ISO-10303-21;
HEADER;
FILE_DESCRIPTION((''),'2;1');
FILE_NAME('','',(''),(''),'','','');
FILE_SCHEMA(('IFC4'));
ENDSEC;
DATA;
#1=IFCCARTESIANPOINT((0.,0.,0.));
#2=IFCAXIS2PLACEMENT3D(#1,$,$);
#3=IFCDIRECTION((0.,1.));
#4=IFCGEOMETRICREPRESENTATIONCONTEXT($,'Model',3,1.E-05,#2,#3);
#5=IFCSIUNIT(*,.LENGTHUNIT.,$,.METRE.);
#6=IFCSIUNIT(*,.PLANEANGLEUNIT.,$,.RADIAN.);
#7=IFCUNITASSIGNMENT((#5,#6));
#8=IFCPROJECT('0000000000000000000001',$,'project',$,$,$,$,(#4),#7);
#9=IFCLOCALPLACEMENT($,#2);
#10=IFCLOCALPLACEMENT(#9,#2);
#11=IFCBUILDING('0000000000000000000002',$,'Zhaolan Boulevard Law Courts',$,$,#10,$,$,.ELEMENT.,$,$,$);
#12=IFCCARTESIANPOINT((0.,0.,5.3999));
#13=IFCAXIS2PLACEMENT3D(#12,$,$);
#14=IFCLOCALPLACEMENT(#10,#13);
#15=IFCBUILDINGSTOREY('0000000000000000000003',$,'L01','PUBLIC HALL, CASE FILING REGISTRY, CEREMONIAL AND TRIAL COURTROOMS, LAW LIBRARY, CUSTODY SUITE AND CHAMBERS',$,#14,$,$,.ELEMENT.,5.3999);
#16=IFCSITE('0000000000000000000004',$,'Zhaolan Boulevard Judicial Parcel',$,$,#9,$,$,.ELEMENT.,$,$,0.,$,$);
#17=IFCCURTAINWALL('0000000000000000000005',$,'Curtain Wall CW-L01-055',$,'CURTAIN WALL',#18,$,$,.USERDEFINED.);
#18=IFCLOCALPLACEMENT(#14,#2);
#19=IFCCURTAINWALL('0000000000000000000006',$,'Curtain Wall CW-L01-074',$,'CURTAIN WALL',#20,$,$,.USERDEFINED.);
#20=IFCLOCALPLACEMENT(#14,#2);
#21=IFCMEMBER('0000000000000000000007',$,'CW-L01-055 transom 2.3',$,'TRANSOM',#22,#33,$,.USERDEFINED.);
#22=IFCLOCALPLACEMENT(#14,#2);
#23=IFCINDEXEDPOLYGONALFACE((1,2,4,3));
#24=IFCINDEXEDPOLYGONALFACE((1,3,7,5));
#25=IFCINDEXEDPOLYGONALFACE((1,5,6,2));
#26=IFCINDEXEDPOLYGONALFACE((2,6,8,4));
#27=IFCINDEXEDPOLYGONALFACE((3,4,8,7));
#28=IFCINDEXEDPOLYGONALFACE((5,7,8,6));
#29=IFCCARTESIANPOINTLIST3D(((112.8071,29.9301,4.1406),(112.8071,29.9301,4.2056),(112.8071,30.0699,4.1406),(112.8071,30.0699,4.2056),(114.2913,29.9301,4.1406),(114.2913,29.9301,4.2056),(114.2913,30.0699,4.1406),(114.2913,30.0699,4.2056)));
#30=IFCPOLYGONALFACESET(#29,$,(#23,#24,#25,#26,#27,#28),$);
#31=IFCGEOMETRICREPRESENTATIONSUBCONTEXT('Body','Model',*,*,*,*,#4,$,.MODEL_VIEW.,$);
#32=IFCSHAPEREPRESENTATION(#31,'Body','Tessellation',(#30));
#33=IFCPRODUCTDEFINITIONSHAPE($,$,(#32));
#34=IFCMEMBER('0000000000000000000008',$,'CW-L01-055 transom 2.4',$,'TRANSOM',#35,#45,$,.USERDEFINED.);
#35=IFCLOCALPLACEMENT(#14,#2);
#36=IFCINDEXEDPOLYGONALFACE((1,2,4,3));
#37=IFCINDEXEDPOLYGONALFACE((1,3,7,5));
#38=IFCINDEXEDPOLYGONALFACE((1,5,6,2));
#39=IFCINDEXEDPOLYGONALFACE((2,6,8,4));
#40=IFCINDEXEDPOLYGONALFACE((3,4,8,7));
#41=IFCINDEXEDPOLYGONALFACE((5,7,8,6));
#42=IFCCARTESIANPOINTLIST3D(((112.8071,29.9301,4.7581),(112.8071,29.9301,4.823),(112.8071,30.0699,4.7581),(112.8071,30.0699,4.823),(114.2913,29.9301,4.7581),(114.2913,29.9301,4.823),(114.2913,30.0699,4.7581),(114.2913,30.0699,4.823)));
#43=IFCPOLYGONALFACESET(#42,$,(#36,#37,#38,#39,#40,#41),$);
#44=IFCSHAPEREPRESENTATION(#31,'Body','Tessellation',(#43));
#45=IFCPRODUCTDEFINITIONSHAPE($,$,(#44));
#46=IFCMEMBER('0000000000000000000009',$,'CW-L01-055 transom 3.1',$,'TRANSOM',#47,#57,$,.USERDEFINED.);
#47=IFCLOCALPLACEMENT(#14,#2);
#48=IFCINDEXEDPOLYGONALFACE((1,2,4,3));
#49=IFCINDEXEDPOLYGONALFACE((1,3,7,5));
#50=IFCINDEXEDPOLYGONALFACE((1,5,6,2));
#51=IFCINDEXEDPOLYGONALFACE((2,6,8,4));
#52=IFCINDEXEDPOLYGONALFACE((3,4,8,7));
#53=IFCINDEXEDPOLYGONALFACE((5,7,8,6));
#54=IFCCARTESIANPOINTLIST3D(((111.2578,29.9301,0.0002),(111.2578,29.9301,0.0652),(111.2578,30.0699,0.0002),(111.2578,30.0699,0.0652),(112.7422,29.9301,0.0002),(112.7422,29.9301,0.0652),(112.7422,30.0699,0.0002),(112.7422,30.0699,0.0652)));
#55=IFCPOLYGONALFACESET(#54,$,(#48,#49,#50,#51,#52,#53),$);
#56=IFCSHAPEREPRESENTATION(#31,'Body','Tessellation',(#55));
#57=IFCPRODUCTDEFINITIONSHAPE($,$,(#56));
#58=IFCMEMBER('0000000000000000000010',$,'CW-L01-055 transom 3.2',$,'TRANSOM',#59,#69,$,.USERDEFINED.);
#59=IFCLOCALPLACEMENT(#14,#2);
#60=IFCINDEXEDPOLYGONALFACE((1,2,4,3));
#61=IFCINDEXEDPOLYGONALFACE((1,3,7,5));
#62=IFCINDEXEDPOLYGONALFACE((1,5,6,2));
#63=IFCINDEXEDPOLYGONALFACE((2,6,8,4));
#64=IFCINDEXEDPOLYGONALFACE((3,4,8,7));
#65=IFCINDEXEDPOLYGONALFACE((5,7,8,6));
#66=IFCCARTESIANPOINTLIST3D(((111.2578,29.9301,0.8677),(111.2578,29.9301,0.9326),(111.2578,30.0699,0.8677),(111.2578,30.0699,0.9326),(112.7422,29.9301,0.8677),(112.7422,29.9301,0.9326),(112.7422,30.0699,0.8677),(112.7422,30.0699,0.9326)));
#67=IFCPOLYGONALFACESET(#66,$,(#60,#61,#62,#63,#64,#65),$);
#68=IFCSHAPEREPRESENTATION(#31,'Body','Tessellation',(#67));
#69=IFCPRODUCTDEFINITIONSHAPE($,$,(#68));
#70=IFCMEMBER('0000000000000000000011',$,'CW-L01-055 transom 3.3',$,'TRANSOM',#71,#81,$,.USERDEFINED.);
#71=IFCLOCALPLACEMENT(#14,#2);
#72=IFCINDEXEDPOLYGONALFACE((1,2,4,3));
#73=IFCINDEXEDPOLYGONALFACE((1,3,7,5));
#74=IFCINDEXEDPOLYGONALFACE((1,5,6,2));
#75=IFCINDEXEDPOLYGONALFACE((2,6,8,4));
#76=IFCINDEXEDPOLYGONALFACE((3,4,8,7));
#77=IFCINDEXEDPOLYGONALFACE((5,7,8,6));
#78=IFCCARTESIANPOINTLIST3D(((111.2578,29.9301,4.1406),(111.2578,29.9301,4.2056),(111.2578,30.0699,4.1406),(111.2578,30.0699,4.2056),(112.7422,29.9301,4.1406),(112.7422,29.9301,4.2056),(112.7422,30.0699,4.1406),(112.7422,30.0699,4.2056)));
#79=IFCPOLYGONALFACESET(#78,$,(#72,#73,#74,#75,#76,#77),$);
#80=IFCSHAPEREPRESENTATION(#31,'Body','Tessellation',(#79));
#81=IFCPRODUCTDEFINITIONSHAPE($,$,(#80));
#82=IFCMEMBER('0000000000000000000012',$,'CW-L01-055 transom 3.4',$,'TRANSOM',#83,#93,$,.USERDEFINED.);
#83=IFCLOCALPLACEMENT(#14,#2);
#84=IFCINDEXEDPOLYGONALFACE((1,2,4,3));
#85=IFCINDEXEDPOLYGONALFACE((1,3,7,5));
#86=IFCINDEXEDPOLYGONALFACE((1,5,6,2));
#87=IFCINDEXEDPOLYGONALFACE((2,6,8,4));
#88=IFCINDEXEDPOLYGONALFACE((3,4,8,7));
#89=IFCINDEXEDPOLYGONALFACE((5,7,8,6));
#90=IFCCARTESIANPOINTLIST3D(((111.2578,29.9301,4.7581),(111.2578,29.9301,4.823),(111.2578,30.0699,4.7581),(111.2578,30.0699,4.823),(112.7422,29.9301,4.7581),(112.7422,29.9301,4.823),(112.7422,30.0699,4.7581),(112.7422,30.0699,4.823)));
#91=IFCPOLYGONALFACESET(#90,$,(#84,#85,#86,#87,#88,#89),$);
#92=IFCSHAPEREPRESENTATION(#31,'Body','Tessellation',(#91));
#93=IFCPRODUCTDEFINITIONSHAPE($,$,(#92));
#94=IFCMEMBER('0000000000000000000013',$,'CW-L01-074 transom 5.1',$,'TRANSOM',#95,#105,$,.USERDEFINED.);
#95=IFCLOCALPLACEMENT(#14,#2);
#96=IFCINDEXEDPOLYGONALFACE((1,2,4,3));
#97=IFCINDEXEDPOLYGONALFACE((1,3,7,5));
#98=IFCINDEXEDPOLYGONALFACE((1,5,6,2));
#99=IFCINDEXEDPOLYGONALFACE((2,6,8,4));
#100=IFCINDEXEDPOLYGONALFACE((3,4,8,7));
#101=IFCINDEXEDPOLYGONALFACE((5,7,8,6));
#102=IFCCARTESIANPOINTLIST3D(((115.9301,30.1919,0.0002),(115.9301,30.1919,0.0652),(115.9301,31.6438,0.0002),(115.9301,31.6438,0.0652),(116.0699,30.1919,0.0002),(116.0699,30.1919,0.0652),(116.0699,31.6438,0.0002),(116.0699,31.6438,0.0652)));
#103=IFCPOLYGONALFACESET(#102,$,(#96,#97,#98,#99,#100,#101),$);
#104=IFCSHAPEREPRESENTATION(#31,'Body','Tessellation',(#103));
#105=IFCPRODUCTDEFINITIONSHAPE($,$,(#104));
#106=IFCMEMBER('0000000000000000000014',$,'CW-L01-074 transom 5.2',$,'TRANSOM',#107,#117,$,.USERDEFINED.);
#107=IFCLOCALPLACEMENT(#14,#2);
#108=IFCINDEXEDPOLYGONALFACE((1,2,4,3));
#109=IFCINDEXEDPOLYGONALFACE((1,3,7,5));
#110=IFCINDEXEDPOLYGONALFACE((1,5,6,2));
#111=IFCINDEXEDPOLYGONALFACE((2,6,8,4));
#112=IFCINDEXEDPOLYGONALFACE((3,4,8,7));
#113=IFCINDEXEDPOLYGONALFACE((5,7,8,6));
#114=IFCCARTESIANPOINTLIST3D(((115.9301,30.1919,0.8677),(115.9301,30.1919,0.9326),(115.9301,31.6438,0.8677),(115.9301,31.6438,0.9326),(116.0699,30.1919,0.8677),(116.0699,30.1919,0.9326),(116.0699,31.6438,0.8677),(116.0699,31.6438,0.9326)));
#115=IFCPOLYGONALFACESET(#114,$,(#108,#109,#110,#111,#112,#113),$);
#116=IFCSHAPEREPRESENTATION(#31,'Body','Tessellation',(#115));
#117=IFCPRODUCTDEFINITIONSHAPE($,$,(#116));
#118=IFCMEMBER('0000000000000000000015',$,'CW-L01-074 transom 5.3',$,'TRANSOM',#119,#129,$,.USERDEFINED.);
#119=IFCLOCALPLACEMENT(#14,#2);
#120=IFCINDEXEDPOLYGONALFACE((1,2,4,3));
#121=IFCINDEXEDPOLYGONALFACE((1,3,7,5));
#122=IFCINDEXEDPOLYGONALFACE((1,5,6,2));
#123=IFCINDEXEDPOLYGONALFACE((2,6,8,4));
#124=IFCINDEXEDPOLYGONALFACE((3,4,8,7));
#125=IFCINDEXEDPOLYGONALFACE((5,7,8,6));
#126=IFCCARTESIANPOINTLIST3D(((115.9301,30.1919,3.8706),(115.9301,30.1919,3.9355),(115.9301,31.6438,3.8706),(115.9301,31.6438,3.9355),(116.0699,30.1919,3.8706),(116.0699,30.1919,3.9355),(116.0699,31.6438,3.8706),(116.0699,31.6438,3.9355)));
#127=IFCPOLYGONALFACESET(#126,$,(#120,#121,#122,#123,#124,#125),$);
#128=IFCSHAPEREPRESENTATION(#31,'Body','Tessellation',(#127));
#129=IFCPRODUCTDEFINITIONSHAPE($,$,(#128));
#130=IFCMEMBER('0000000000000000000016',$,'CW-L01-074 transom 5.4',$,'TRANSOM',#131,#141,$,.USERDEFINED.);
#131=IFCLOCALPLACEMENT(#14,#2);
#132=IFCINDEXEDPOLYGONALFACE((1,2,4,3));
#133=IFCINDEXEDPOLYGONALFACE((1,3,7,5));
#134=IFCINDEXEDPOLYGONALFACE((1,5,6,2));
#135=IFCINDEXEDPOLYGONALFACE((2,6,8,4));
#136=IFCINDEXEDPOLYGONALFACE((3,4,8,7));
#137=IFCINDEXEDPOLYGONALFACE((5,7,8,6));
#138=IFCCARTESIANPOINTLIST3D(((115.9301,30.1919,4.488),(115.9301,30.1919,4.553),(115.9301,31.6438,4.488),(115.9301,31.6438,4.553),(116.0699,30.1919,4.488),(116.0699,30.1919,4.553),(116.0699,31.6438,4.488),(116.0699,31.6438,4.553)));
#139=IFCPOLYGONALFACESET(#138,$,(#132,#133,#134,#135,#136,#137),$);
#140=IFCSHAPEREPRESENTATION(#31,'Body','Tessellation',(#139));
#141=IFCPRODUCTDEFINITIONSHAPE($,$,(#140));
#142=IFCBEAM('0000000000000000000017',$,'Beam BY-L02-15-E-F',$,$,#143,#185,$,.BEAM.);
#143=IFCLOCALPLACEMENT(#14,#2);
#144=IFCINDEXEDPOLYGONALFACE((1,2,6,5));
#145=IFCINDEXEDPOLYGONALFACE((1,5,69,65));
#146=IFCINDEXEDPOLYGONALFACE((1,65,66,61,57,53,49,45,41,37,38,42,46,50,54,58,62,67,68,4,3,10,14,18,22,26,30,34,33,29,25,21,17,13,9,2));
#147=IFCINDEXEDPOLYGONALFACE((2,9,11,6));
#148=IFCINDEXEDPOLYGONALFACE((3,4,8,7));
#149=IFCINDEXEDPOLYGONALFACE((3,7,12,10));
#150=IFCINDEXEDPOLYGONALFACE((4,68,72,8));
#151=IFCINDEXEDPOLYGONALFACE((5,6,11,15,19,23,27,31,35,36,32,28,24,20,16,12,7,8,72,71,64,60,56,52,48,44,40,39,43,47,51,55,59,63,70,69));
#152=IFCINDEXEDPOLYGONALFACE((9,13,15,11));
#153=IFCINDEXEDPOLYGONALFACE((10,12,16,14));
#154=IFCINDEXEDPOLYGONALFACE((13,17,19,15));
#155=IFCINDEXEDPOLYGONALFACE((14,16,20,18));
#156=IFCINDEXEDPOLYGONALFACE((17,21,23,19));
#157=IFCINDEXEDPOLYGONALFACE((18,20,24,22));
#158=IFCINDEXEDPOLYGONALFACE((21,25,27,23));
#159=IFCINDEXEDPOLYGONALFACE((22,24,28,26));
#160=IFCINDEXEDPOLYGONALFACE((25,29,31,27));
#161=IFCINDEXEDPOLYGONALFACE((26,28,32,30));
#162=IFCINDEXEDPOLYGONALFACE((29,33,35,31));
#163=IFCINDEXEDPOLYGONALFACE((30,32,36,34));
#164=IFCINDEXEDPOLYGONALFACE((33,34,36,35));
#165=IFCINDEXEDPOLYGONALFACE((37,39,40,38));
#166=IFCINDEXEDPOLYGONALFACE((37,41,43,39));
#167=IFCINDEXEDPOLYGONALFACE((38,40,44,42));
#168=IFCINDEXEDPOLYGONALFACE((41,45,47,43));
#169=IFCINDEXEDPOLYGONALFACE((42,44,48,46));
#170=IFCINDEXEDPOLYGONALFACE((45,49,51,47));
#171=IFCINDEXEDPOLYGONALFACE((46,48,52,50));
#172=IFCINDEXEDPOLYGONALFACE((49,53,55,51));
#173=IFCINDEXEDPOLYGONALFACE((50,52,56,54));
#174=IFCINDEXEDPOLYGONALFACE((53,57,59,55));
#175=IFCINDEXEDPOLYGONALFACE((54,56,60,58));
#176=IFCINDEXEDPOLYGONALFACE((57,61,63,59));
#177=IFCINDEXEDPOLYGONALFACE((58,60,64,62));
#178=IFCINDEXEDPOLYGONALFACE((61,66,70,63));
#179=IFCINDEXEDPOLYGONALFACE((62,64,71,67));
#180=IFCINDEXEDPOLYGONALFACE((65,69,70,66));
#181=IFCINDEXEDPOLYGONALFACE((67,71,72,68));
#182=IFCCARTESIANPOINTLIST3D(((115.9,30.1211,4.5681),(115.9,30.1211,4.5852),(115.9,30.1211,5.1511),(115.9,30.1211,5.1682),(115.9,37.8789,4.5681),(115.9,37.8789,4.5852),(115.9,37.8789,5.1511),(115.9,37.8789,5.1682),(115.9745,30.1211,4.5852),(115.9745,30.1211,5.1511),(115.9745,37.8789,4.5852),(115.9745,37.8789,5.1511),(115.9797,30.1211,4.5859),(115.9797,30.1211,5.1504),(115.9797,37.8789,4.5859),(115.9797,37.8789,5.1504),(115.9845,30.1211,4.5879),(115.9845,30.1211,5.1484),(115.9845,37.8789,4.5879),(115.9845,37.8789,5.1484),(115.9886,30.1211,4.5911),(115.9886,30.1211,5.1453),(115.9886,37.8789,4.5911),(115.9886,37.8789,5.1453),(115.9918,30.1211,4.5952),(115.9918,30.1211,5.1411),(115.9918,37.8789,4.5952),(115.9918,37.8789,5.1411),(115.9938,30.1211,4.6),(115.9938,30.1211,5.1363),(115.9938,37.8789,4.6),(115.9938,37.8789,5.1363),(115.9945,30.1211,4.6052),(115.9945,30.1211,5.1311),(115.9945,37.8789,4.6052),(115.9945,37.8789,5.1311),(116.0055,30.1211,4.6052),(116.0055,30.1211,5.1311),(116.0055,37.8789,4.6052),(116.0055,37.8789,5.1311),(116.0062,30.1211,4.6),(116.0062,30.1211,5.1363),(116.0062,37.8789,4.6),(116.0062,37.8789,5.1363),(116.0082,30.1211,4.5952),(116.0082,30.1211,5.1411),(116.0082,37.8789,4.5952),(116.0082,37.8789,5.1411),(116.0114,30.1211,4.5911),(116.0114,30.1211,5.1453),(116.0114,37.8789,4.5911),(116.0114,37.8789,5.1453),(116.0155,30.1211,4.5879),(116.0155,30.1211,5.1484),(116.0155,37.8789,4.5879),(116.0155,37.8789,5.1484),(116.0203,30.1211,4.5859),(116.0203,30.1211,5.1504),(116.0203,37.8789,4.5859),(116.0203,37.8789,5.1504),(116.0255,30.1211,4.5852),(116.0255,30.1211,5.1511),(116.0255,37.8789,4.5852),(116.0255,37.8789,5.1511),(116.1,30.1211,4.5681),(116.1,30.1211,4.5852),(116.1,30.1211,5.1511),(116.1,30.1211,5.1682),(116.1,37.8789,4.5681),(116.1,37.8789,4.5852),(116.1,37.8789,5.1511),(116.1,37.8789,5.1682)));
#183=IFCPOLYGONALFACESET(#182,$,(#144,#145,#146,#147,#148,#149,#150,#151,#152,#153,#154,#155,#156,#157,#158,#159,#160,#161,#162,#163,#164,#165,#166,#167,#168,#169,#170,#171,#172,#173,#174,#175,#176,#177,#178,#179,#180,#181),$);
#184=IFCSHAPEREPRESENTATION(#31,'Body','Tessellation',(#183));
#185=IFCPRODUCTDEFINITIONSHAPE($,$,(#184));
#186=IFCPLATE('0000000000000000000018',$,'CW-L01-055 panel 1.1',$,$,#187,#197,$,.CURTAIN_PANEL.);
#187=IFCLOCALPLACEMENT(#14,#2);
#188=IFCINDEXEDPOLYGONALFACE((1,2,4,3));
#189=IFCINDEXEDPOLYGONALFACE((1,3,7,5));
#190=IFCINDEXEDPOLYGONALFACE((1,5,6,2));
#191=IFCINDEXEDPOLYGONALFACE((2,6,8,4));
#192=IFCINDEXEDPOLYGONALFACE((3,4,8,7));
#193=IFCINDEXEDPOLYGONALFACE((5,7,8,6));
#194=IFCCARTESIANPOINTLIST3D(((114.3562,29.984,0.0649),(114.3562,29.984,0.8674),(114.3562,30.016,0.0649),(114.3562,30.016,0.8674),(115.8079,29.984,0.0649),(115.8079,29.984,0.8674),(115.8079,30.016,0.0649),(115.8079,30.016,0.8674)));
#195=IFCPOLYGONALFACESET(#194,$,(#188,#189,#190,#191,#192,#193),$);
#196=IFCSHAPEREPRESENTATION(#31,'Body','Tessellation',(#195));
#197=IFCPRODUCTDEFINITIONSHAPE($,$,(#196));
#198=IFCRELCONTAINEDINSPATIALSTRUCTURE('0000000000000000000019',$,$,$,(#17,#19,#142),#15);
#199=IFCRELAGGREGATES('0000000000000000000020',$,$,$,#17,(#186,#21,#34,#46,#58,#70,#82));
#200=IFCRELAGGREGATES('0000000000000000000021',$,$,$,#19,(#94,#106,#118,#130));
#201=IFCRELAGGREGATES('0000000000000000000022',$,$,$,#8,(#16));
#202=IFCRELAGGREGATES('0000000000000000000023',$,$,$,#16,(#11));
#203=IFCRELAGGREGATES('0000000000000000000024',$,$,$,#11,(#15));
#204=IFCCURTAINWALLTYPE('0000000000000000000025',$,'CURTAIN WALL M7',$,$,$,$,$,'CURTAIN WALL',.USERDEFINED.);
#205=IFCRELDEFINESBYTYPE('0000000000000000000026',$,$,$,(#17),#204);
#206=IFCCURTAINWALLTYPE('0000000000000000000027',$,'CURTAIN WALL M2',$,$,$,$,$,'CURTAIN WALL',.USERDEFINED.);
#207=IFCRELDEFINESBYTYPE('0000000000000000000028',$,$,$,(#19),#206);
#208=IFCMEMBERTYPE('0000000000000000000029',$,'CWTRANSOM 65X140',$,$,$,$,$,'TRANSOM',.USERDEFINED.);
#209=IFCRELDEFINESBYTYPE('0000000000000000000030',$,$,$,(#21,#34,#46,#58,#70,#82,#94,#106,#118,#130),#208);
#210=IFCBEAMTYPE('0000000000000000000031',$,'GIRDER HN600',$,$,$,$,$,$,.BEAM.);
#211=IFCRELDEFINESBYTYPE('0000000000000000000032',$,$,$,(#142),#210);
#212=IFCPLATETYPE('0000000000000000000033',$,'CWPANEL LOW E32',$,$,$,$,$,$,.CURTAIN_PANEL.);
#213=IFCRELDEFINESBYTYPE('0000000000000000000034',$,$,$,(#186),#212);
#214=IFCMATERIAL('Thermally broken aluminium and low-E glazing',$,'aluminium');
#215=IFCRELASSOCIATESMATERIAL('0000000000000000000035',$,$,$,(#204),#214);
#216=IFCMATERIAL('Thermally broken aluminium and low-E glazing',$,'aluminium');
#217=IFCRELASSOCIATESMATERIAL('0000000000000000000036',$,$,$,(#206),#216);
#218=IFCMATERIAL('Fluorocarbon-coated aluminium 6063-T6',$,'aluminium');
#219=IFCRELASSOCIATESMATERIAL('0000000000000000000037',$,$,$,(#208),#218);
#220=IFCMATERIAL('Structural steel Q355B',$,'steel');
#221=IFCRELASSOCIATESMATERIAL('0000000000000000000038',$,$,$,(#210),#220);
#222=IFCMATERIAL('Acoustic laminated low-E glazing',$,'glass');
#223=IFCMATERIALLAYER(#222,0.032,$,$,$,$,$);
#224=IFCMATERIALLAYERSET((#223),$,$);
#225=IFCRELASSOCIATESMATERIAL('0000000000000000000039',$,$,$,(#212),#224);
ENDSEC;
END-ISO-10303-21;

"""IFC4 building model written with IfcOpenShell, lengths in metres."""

from ifc_helpers import new_model, si_unit, direction, frame, origin, origin_2d, place, context, subcontext, project, spatial, rectangle, i_section, extrude, material, layer, layer_set, material_profile, profile_set, type_object, element, aggregate, save


model = new_model("IFC4")

# Units and contexts
model_context = context("Model", 3, precision=1e-05, world=origin(), true_north=direction((0.0, 1.0)))
body_context = subcontext(model_context, "Body", "Model", "MODEL_VIEW")
ifc_project = project(units=[si_unit("LENGTHUNIT", "METRE"), si_unit("PLANEANGLEUNIT", "RADIAN")], contexts=[model_context])

# Site, building, storey
site_placement = place(None, origin())
site = spatial("IfcSite", under=ifc_project, at=site_placement, Name="Zhaolan Boulevard Judicial Parcel", CompositionType="ELEMENT", RefElevation=0.0)
building_placement = place(site_placement, origin())
building = spatial("IfcBuilding", under=site, at=building_placement, Name="Zhaolan Boulevard Law Courts", CompositionType="ELEMENT")
storey_placement = place(building_placement, frame((0.0, 0.0, 5.3999)))
storey = spatial("IfcBuildingStorey", under=building, at=storey_placement, Name="L01", Description="PUBLIC HALL, CASE FILING REGISTRY, CEREMONIAL AND TRIAL COURTROOMS, LAW LIBRARY, CUSTODY SUITE AND CHAMBERS", CompositionType="ELEMENT", Elevation=5.3999)

# Curtain walls
ifc_material_1 = material(Name="Thermally broken aluminium and low-E glazing", Category="aluminium")
curtain_wall_type_1 = type_object("IfcCurtainWallType", Name="CURTAIN WALL M7", ElementType="CURTAIN WALL", PredefinedType="USERDEFINED", material=ifc_material_1)
curtain_wall_1_placement = place(storey_placement, origin())
curtain_wall_1 = element("IfcCurtainWall", 1, at=curtain_wall_1_placement, inside=storey, type_object=curtain_wall_type_1, Name="Curtain Wall CW-L01-055", ObjectType="CURTAIN WALL", PredefinedType="USERDEFINED")
ifc_material_2 = material(Name="Thermally broken aluminium and low-E glazing", Category="aluminium")
curtain_wall_type_2 = type_object("IfcCurtainWallType", Name="CURTAIN WALL M2", ElementType="CURTAIN WALL", PredefinedType="USERDEFINED", material=ifc_material_2)
curtain_wall_2_placement = place(storey_placement, origin())
curtain_wall_2 = element("IfcCurtainWall", 2, at=curtain_wall_2_placement, inside=storey, type_object=curtain_wall_type_2, Name="Curtain Wall CW-L01-074", ObjectType="CURTAIN WALL", PredefinedType="USERDEFINED")

# Members
ifc_material_3 = material(Name="Fluorocarbon-coated aluminium 6063-T6", Category="aluminium")
ifc_material_profile_1 = material_profile(ifc_material_3, rectangle(XDim=0.1399, YDim=0.0649, at=origin_2d()), Name="AL65x140")
ifc_profile_set_1 = profile_set([ifc_material_profile_1], Name="Fluorocarbon-coated aluminium 6063-T6")
member_type_1 = type_object("IfcMemberType", Name="CWTRANSOM 65X140", ElementType="TRANSOM", PredefinedType="USERDEFINED", material=ifc_profile_set_1)
member_1_placement = place(storey_placement, frame((114.2913, 30.0, 4.1731), z_axis=(-1.0, 0.0, 0.0), x_axis=(0.0, -1.0, 0.0)))
member_1 = element("IfcMember", 3, at=member_1_placement, type_object=member_type_1, Name="CW-L01-055 transom 2.3", ObjectType="TRANSOM", PredefinedType="USERDEFINED", context=body_context, shape_type="SweptSolid", body=[
    extrude(rectangle(XDim=0.1399, YDim=0.0649, at=origin_2d()), origin(), (0.0, 0.0, 1.0), 1.4841),
])
member_2_placement = place(storey_placement, frame((114.2913, 30.0, 4.7905), z_axis=(-1.0, 0.0, 0.0), x_axis=(0.0, -1.0, 0.0)))
member_2 = element("IfcMember", 4, at=member_2_placement, type_object=member_type_1, Name="CW-L01-055 transom 2.4", ObjectType="TRANSOM", PredefinedType="USERDEFINED", context=body_context, shape_type="SweptSolid", body=[
    extrude(rectangle(XDim=0.1399, YDim=0.0649, at=origin_2d()), origin(), (0.0, 0.0, 1.0), 1.4841),
])
member_3_placement = place(storey_placement, frame((112.7422, 30.0, 0.0327), z_axis=(-1.0, 0.0, 0.0), x_axis=(0.0, -1.0, 0.0)))
member_3 = element("IfcMember", 5, at=member_3_placement, type_object=member_type_1, Name="CW-L01-055 transom 3.1", ObjectType="TRANSOM", PredefinedType="USERDEFINED", context=body_context, shape_type="SweptSolid", body=[
    extrude(rectangle(XDim=0.1399, YDim=0.0649, at=origin_2d()), origin(), (0.0, 0.0, 1.0), 1.4844),
])
member_4_placement = place(storey_placement, frame((112.7422, 30.0, 0.9001), z_axis=(-1.0, 0.0, 0.0), x_axis=(0.0, -1.0, 0.0)))
member_4 = element("IfcMember", 6, at=member_4_placement, type_object=member_type_1, Name="CW-L01-055 transom 3.2", ObjectType="TRANSOM", PredefinedType="USERDEFINED", context=body_context, shape_type="SweptSolid", body=[
    extrude(rectangle(XDim=0.1399, YDim=0.0649, at=origin_2d()), origin(), (0.0, 0.0, 1.0), 1.4844),
])
member_5_placement = place(storey_placement, frame((112.7422, 30.0, 4.1731), z_axis=(-1.0, 0.0, 0.0), x_axis=(0.0, -1.0, 0.0)))
member_5 = element("IfcMember", 7, at=member_5_placement, type_object=member_type_1, Name="CW-L01-055 transom 3.3", ObjectType="TRANSOM", PredefinedType="USERDEFINED", context=body_context, shape_type="SweptSolid", body=[
    extrude(rectangle(XDim=0.1399, YDim=0.0649, at=origin_2d()), origin(), (0.0, 0.0, 1.0), 1.4844),
])
member_6_placement = place(storey_placement, frame((112.7422, 30.0, 4.7905), z_axis=(-1.0, 0.0, 0.0), x_axis=(0.0, -1.0, 0.0)))
member_6 = element("IfcMember", 8, at=member_6_placement, type_object=member_type_1, Name="CW-L01-055 transom 3.4", ObjectType="TRANSOM", PredefinedType="USERDEFINED", context=body_context, shape_type="SweptSolid", body=[
    extrude(rectangle(XDim=0.1399, YDim=0.0649, at=origin_2d()), origin(), (0.0, 0.0, 1.0), 1.4844),
])
member_7_placement = place(storey_placement, frame((116.0, 31.6438, 0.0327), z_axis=(0.0, -1.0, 0.0), x_axis=(1.0, 0.0, 0.0)))
member_7 = element("IfcMember", 9, at=member_7_placement, type_object=member_type_1, Name="CW-L01-074 transom 5.1", ObjectType="TRANSOM", PredefinedType="USERDEFINED", context=body_context, shape_type="SweptSolid", body=[
    extrude(rectangle(XDim=0.1399, YDim=0.0649, at=origin_2d()), origin(), (0.0, 0.0, 1.0), 1.4519),
])
member_8_placement = place(storey_placement, frame((116.0, 31.6438, 0.9001), z_axis=(0.0, -1.0, 0.0), x_axis=(1.0, 0.0, 0.0)))
member_8 = element("IfcMember", 10, at=member_8_placement, type_object=member_type_1, Name="CW-L01-074 transom 5.2", ObjectType="TRANSOM", PredefinedType="USERDEFINED", context=body_context, shape_type="SweptSolid", body=[
    extrude(rectangle(XDim=0.1399, YDim=0.0649, at=origin_2d()), origin(), (0.0, 0.0, 1.0), 1.4519),
])
member_9_placement = place(storey_placement, frame((116.0, 31.6438, 3.9031), z_axis=(0.0, -1.0, 0.0), x_axis=(1.0, 0.0, 0.0)))
member_9 = element("IfcMember", 11, at=member_9_placement, type_object=member_type_1, Name="CW-L01-074 transom 5.3", ObjectType="TRANSOM", PredefinedType="USERDEFINED", context=body_context, shape_type="SweptSolid", body=[
    extrude(rectangle(XDim=0.1399, YDim=0.0649, at=origin_2d()), origin(), (0.0, 0.0, 1.0), 1.4519),
])
member_10_placement = place(storey_placement, frame((116.0, 31.6438, 4.5205), z_axis=(0.0, -1.0, 0.0), x_axis=(1.0, 0.0, 0.0)))
member_10 = element("IfcMember", 12, at=member_10_placement, type_object=member_type_1, Name="CW-L01-074 transom 5.4", ObjectType="TRANSOM", PredefinedType="USERDEFINED", context=body_context, shape_type="SweptSolid", body=[
    extrude(rectangle(XDim=0.1399, YDim=0.0649, at=origin_2d()), origin(), (0.0, 0.0, 1.0), 1.4519),
])

# Beam
ifc_material_4 = material(Name="Structural steel Q355B", Category="steel")
ifc_material_profile_2 = material_profile(ifc_material_4, i_section(OverallWidth=0.2, OverallDepth=0.6001, WebThickness=0.011, FlangeThickness=0.0171, FilletRadius=0.02, at=origin_2d()), Name="HN600x200")
ifc_profile_set_2 = profile_set([ifc_material_profile_2], Name="Structural steel Q355B")
beam_type = type_object("IfcBeamType", Name="GIRDER HN600", PredefinedType="BEAM", material=ifc_profile_set_2)
beam_placement = place(storey_placement, frame((116.0, 30.1211, 4.8682), z_axis=(0.0, 1.0, 0.0), x_axis=(-1.0, 0.0, 0.0)))
element("IfcBeam", 13, at=beam_placement, inside=storey, type_object=beam_type, Name="Beam BY-L02-15-E-F", PredefinedType="BEAM", context=body_context, shape_type="SweptSolid", body=[
    extrude(i_section(OverallWidth=0.2, OverallDepth=0.6001, WebThickness=0.011, FlangeThickness=0.0171, FilletRadius=0.02, at=origin_2d()), origin(), (0.0, 0.0, 1.0), 7.7578),
])

# Plate
ifc_material_5 = material(Name="Acoustic laminated low-E glazing", Category="glass")
ifc_layer_1 = layer(ifc_material_5, 0.032)
ifc_layer_set_1 = layer_set([ifc_layer_1])
plate_type_1 = type_object("IfcPlateType", Name="CWPANEL LOW E32", PredefinedType="CURTAIN_PANEL", material=ifc_layer_set_1)
plate_1_placement = place(storey_placement, frame((115.082, 30.0, 0.0649), z_axis=(0.0, 0.0, 1.0), x_axis=(-1.0, 0.0, 0.0)))
plate_1 = element("IfcPlate", 14, at=plate_1_placement, type_object=plate_type_1, Name="CW-L01-055 panel 1.1", PredefinedType="CURTAIN_PANEL", context=body_context, shape_type="SweptSolid", body=[
    extrude(rectangle(XDim=1.4517, YDim=0.032, at=origin_2d()), origin(), (0.0, 0.0, 1.0), 0.8025),
])
aggregate(curtain_wall_1, [plate_1, member_1, member_2, member_3, member_4, member_5, member_6])
aggregate(curtain_wall_2, [member_7, member_8, member_9, member_10])

save(model, "model.ifc")
